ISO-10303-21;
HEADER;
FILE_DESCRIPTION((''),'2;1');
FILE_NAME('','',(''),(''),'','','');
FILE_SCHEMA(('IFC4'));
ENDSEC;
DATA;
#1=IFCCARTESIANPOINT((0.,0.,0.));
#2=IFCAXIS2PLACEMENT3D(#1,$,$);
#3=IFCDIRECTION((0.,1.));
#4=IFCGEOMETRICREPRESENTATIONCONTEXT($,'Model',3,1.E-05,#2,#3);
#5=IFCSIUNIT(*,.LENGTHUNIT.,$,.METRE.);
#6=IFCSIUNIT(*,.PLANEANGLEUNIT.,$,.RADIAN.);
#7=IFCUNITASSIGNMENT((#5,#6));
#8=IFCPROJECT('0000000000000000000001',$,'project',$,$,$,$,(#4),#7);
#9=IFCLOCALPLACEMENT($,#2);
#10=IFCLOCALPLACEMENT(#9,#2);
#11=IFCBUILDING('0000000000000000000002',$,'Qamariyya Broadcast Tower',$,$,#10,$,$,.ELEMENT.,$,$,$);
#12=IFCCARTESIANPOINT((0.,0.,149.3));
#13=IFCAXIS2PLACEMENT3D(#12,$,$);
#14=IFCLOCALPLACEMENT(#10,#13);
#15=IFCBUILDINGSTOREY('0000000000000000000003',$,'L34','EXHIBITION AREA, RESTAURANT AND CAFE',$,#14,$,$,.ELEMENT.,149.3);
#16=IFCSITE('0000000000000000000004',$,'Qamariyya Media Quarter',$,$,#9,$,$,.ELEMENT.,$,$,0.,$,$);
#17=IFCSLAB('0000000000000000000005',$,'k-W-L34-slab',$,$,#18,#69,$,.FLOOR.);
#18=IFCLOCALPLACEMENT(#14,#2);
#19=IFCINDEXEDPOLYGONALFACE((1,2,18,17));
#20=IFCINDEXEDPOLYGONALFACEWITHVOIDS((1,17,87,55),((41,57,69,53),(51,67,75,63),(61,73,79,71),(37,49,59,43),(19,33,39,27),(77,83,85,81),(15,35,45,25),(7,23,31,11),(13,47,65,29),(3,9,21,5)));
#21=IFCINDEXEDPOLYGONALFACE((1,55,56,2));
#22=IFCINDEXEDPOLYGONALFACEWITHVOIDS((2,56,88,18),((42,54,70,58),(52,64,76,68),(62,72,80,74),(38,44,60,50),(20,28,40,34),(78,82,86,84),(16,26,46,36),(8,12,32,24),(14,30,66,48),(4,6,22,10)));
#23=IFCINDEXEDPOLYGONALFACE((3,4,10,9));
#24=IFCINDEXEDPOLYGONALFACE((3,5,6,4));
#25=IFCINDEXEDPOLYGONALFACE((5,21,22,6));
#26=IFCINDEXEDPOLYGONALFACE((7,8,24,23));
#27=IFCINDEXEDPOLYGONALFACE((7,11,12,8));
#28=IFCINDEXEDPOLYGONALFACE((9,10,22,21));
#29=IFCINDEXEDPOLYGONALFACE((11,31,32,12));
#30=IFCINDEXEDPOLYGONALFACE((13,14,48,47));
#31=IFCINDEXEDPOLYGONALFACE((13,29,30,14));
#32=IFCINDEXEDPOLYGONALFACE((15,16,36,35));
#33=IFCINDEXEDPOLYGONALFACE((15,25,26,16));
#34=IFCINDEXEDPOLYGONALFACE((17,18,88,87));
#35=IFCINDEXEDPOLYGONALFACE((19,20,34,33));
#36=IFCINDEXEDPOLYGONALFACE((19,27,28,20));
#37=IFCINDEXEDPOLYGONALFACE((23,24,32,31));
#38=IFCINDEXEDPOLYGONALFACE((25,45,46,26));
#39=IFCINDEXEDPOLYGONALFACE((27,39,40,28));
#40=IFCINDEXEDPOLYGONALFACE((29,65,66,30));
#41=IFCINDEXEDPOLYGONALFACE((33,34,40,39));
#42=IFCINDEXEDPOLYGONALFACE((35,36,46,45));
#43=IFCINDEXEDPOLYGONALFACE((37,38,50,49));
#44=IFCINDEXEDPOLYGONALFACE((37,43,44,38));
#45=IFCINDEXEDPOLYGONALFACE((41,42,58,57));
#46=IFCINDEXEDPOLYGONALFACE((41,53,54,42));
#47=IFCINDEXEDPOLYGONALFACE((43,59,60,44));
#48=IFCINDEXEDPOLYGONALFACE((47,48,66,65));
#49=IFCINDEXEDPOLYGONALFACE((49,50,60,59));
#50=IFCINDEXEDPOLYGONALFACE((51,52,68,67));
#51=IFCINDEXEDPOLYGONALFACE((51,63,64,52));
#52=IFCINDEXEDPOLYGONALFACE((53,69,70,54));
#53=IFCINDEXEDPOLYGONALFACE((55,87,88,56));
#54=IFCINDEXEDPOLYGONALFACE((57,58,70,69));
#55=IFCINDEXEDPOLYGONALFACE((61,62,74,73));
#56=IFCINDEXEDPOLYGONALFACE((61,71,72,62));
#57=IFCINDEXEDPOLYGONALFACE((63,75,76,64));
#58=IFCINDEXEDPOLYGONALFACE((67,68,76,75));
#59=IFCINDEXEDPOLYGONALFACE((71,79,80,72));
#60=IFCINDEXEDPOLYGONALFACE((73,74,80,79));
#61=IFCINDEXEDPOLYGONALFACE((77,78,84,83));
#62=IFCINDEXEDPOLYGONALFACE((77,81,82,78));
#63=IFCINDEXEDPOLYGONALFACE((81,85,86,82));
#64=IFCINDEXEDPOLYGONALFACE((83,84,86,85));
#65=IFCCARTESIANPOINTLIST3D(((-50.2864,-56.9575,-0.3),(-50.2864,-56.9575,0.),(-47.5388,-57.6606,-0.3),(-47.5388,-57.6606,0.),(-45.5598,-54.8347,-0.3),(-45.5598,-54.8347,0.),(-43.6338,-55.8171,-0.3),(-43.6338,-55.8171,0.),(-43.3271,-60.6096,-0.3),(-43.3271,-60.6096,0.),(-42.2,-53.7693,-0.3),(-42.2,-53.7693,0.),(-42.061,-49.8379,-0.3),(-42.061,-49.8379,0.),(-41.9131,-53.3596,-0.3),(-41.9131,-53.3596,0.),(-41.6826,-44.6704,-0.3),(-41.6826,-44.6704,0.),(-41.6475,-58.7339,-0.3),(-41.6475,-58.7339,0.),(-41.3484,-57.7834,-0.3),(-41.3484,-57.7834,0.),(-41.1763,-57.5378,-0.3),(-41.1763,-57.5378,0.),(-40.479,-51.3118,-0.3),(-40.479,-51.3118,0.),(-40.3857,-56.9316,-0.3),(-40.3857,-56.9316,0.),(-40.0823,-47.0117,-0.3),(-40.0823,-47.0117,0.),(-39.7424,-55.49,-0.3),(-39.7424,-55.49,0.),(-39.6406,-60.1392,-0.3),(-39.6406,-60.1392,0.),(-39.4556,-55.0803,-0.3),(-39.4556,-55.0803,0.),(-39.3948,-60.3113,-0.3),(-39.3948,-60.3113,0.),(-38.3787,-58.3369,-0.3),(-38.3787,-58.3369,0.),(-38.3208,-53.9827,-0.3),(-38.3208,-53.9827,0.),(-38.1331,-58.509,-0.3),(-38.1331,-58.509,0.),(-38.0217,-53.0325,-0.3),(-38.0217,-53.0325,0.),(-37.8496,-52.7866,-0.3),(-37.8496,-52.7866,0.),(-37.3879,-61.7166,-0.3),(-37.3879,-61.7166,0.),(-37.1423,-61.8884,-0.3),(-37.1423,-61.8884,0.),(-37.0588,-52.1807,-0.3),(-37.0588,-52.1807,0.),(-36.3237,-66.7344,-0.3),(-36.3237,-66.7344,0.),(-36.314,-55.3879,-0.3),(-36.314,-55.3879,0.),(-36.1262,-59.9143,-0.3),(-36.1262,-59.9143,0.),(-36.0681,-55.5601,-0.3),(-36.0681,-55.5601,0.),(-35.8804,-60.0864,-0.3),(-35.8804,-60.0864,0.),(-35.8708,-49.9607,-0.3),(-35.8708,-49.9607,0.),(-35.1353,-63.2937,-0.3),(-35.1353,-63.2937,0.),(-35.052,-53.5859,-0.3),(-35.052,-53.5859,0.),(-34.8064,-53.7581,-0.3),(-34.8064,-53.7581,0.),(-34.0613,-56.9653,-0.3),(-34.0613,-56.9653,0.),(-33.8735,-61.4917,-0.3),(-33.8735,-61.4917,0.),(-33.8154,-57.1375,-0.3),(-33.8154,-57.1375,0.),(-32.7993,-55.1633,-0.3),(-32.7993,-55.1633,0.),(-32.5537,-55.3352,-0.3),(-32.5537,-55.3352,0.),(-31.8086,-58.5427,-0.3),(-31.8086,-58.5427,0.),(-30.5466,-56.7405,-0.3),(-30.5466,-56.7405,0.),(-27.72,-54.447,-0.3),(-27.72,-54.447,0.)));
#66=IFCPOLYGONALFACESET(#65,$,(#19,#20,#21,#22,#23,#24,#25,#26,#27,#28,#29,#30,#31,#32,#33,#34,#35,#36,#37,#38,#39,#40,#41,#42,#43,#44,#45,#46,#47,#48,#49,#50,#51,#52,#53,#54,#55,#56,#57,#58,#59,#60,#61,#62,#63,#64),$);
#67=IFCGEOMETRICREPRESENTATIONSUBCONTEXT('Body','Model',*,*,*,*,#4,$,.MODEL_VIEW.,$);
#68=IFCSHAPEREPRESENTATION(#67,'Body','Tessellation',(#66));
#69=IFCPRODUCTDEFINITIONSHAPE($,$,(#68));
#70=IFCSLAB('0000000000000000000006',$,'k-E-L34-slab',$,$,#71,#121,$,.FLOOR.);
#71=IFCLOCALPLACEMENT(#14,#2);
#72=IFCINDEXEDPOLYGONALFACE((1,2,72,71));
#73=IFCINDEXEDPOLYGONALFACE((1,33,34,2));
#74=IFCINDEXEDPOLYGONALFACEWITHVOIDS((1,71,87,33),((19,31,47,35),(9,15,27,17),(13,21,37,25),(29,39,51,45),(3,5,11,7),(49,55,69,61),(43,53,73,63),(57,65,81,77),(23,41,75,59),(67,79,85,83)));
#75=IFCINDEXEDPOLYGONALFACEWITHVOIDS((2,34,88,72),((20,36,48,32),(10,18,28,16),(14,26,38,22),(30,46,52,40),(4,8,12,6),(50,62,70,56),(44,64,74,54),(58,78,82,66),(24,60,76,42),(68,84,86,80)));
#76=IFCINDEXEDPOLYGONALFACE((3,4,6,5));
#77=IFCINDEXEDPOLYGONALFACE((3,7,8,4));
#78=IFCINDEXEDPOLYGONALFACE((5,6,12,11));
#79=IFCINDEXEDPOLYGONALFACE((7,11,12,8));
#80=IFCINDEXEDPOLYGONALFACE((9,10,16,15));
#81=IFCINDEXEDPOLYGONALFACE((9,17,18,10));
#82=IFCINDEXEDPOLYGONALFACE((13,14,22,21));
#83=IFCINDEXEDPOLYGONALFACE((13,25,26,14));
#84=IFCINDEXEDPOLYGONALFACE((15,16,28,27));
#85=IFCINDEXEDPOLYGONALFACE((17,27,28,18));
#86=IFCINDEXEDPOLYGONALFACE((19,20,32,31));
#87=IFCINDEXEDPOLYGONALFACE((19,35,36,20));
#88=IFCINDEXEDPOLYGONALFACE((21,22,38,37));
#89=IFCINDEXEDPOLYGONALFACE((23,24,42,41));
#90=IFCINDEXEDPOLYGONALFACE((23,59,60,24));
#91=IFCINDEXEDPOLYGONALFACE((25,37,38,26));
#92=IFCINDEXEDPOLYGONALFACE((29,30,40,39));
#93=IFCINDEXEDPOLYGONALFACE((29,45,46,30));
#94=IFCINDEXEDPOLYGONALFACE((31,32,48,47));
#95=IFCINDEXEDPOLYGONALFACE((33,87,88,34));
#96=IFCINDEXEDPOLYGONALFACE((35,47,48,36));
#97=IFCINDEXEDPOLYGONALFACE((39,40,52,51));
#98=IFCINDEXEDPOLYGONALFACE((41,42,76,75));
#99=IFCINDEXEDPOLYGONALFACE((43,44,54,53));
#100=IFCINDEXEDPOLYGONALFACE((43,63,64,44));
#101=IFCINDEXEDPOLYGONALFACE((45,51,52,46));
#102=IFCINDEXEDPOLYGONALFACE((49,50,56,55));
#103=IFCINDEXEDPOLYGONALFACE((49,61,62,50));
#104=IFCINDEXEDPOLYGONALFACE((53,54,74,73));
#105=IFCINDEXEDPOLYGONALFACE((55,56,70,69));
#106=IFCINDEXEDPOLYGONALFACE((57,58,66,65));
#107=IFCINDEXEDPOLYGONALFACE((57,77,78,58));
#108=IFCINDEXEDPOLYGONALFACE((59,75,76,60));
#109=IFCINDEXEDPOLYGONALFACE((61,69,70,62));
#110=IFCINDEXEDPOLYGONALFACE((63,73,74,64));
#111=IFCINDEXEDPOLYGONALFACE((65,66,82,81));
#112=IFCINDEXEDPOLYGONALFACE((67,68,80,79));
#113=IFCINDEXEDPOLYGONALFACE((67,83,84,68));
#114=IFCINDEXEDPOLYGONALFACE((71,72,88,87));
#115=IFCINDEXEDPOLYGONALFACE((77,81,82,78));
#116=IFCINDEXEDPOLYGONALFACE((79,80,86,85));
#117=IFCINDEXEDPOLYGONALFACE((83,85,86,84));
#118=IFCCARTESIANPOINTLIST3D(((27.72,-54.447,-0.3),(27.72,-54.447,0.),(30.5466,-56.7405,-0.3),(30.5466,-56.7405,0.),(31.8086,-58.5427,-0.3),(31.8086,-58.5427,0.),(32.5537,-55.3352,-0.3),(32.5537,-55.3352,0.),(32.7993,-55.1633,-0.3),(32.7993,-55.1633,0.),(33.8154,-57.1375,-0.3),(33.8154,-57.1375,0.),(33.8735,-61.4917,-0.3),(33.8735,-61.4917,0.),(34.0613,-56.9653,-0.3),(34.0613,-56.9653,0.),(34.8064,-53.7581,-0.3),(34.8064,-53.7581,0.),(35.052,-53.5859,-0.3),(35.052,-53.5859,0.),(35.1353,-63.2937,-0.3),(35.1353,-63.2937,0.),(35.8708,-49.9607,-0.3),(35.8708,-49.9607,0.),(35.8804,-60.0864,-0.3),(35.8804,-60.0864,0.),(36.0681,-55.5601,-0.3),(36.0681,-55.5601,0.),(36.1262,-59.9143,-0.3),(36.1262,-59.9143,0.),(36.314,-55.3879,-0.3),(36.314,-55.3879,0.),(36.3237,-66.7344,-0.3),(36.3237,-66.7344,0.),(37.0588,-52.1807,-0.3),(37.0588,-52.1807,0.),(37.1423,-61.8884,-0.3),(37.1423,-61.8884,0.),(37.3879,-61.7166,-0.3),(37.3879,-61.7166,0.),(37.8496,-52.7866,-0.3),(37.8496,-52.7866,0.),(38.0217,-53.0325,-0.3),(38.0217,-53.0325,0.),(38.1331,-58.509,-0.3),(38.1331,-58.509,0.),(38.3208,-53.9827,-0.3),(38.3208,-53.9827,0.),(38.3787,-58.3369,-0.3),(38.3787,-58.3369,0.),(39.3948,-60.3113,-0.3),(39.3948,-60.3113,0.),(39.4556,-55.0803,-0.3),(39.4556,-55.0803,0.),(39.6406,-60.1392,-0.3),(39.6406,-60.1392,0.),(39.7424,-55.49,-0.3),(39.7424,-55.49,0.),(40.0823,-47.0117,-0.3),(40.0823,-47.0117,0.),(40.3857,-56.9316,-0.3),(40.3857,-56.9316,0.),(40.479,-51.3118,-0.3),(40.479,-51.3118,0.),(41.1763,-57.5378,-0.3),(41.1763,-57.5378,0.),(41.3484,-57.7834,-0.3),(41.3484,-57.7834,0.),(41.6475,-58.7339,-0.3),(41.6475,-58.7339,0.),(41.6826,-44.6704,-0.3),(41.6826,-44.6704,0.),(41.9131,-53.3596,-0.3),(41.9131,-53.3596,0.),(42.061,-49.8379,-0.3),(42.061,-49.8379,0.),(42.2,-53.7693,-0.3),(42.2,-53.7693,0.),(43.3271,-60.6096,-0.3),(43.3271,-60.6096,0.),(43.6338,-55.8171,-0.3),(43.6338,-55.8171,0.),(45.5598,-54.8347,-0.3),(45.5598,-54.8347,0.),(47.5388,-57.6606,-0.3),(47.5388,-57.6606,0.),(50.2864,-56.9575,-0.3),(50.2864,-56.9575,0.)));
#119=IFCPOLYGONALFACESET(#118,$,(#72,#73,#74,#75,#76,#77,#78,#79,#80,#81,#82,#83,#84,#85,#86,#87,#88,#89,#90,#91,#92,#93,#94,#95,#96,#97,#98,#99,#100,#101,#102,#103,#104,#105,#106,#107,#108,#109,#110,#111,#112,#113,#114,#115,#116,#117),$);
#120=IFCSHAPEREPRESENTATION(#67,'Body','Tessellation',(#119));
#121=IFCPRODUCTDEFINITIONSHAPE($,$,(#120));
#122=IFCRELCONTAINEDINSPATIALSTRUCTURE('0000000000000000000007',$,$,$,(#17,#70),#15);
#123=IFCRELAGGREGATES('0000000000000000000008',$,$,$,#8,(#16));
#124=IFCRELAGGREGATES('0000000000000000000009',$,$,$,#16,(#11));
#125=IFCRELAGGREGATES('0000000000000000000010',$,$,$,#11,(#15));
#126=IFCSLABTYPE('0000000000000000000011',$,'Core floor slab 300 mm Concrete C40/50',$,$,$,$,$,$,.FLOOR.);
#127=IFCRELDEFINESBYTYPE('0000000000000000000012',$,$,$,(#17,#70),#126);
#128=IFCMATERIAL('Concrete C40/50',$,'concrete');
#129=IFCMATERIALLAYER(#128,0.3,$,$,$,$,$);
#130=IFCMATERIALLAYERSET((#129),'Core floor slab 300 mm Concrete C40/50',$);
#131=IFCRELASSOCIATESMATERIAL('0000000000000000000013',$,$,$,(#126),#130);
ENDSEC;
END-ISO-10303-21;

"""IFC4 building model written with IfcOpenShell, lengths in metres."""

from ifc_helpers import new_model, si_unit, direction, frame, origin, place, context, subcontext, project, spatial, polyline, outline, extrude, material, layer, layer_set, type_object, element, save


model = new_model("IFC4")

# Units and contexts
model_context = context("Model", 3, precision=1e-05, world=origin(), true_north=direction((0.0, 1.0)))
body_context = subcontext(model_context, "Body", "Model", "MODEL_VIEW")
ifc_project = project(units=[si_unit("LENGTHUNIT", "METRE"), si_unit("PLANEANGLEUNIT", "RADIAN")], contexts=[model_context])

# Site, building, storey
site_placement = place(None, origin())
building_placement = place(site_placement, origin())
storey_placement = place(building_placement, frame((0.0, 0.0, 149.3)))
site = spatial("IfcSite", under=ifc_project, at=site_placement, Name="Qamariyya Media Quarter", CompositionType="ELEMENT", RefElevation=0.0)
building = spatial("IfcBuilding", under=site, at=building_placement, Name="Qamariyya Broadcast Tower", CompositionType="ELEMENT")
storey = spatial("IfcBuildingStorey", under=building, at=storey_placement, Name="L34", Description="EXHIBITION AREA, RESTAURANT AND CAFE", CompositionType="ELEMENT", Elevation=149.3)

# Slabs
ifc_material_1 = material(Name="Concrete C40/50", Category="concrete")
ifc_layer = layer(ifc_material_1, 0.3)
ifc_layer_set = layer_set([ifc_layer], Name="Core floor slab 300 mm Concrete C40/50")
slab_type = type_object("IfcSlabType", Name="Core floor slab 300 mm Concrete C40/50", PredefinedType="FLOOR", material=ifc_layer_set)
slab_1_placement = place(storey_placement, frame((0.0, 0.0, -0.3)))
element("IfcSlab", 1, at=slab_1_placement, inside=storey, type_object=slab_type, Name="k-W-L34-slab", PredefinedType="FLOOR", context=body_context, shape_type="SweptSolid", body=[
    extrude(outline(polyline([(-50.2864, -56.9575), (-36.3237, -66.7344), (-27.72, -54.447), (-41.6826, -44.6704), (-50.2864, -56.9575)]), holes=[polyline([(-31.8086, -58.5427), (-33.8154, -57.1375), (-32.5537, -55.3352), (-30.5466, -56.7405), (-31.8086, -58.5427)]), polyline([(-34.0613, -56.9653), (-36.0681, -55.5601), (-34.8064, -53.7581), (-32.7993, -55.1633), (-34.0613, -56.9653)]), polyline([(-36.314, -55.3879), (-38.3208, -53.9827), (-37.0588, -52.1807), (-35.052, -53.5859), (-36.314, -55.3879)]), polyline([(-33.8735, -61.4917), (-35.8804, -60.0864), (-37.1423, -61.8884), (-35.1353, -63.2937), (-33.8735, -61.4917)]), polyline([(-36.1262, -59.9143), (-38.1331, -58.509), (-39.3948, -60.3113), (-37.3879, -61.7166), (-36.1262, -59.9143)]), polyline([(-38.3787, -58.3369), (-40.3857, -56.9316), (-41.6475, -58.7339), (-39.6406, -60.1392), (-38.3787, -58.3369)]), polyline([(-39.7424, -55.49), (-42.2, -53.7693), (-43.6338, -55.8171), (-41.1763, -57.5378), (-39.7424, -55.49)]), polyline([(-39.4556, -55.0803), (-41.9131, -53.3596), (-40.479, -51.3118), (-38.0217, -53.0325), (-39.4556, -55.0803)]), polyline([(-42.061, -49.8379), (-37.8496, -52.7866), (-35.8708, -49.9607), (-40.0823, -47.0117), (-42.061, -49.8379)]), polyline([(-47.5388, -57.6606), (-43.3271, -60.6096), (-41.3484, -57.7834), (-45.5598, -54.8347), (-47.5388, -57.6606)])]), origin(), (0.0, 0.0, 1.0), 0.3),
])
slab_2_placement = place(storey_placement, frame((0.0, 0.0, -0.3)))
element("IfcSlab", 2, at=slab_2_placement, inside=storey, type_object=slab_type, Name="k-E-L34-slab", PredefinedType="FLOOR", context=body_context, shape_type="SweptSolid", body=[
    extrude(outline(polyline([(36.3237, -66.7344), (50.2864, -56.9575), (41.6826, -44.6704), (27.72, -54.447), (36.3237, -66.7344)]), holes=[polyline([(31.8086, -58.5427), (33.8154, -57.1375), (32.5537, -55.3352), (30.5466, -56.7405), (31.8086, -58.5427)]), polyline([(34.0613, -56.9653), (36.0681, -55.5601), (34.8064, -53.7581), (32.7993, -55.1633), (34.0613, -56.9653)]), polyline([(36.314, -55.3879), (38.3208, -53.9827), (37.0588, -52.1807), (35.052, -53.5859), (36.314, -55.3879)]), polyline([(33.8735, -61.4917), (35.8804, -60.0864), (37.1423, -61.8884), (35.1353, -63.2937), (33.8735, -61.4917)]), polyline([(36.1262, -59.9143), (38.1331, -58.509), (39.3948, -60.3113), (37.3879, -61.7166), (36.1262, -59.9143)]), polyline([(38.3787, -58.3369), (40.3857, -56.9316), (41.6475, -58.7339), (39.6406, -60.1392), (38.3787, -58.3369)]), polyline([(39.7424, -55.49), (42.2, -53.7693), (43.6338, -55.8171), (41.1763, -57.5378), (39.7424, -55.49)]), polyline([(39.4556, -55.0803), (41.9131, -53.3596), (40.479, -51.3118), (38.0217, -53.0325), (39.4556, -55.0803)]), polyline([(40.0823, -47.0117), (35.8708, -49.9607), (37.8496, -52.7866), (42.061, -49.8379), (40.0823, -47.0117)]), polyline([(45.5598, -54.8347), (41.3484, -57.7834), (43.3271, -60.6096), (47.5388, -57.6606), (45.5598, -54.8347)])]), origin(), (0.0, 0.0, 1.0), 0.3),
])

save(model, "model.ifc")
